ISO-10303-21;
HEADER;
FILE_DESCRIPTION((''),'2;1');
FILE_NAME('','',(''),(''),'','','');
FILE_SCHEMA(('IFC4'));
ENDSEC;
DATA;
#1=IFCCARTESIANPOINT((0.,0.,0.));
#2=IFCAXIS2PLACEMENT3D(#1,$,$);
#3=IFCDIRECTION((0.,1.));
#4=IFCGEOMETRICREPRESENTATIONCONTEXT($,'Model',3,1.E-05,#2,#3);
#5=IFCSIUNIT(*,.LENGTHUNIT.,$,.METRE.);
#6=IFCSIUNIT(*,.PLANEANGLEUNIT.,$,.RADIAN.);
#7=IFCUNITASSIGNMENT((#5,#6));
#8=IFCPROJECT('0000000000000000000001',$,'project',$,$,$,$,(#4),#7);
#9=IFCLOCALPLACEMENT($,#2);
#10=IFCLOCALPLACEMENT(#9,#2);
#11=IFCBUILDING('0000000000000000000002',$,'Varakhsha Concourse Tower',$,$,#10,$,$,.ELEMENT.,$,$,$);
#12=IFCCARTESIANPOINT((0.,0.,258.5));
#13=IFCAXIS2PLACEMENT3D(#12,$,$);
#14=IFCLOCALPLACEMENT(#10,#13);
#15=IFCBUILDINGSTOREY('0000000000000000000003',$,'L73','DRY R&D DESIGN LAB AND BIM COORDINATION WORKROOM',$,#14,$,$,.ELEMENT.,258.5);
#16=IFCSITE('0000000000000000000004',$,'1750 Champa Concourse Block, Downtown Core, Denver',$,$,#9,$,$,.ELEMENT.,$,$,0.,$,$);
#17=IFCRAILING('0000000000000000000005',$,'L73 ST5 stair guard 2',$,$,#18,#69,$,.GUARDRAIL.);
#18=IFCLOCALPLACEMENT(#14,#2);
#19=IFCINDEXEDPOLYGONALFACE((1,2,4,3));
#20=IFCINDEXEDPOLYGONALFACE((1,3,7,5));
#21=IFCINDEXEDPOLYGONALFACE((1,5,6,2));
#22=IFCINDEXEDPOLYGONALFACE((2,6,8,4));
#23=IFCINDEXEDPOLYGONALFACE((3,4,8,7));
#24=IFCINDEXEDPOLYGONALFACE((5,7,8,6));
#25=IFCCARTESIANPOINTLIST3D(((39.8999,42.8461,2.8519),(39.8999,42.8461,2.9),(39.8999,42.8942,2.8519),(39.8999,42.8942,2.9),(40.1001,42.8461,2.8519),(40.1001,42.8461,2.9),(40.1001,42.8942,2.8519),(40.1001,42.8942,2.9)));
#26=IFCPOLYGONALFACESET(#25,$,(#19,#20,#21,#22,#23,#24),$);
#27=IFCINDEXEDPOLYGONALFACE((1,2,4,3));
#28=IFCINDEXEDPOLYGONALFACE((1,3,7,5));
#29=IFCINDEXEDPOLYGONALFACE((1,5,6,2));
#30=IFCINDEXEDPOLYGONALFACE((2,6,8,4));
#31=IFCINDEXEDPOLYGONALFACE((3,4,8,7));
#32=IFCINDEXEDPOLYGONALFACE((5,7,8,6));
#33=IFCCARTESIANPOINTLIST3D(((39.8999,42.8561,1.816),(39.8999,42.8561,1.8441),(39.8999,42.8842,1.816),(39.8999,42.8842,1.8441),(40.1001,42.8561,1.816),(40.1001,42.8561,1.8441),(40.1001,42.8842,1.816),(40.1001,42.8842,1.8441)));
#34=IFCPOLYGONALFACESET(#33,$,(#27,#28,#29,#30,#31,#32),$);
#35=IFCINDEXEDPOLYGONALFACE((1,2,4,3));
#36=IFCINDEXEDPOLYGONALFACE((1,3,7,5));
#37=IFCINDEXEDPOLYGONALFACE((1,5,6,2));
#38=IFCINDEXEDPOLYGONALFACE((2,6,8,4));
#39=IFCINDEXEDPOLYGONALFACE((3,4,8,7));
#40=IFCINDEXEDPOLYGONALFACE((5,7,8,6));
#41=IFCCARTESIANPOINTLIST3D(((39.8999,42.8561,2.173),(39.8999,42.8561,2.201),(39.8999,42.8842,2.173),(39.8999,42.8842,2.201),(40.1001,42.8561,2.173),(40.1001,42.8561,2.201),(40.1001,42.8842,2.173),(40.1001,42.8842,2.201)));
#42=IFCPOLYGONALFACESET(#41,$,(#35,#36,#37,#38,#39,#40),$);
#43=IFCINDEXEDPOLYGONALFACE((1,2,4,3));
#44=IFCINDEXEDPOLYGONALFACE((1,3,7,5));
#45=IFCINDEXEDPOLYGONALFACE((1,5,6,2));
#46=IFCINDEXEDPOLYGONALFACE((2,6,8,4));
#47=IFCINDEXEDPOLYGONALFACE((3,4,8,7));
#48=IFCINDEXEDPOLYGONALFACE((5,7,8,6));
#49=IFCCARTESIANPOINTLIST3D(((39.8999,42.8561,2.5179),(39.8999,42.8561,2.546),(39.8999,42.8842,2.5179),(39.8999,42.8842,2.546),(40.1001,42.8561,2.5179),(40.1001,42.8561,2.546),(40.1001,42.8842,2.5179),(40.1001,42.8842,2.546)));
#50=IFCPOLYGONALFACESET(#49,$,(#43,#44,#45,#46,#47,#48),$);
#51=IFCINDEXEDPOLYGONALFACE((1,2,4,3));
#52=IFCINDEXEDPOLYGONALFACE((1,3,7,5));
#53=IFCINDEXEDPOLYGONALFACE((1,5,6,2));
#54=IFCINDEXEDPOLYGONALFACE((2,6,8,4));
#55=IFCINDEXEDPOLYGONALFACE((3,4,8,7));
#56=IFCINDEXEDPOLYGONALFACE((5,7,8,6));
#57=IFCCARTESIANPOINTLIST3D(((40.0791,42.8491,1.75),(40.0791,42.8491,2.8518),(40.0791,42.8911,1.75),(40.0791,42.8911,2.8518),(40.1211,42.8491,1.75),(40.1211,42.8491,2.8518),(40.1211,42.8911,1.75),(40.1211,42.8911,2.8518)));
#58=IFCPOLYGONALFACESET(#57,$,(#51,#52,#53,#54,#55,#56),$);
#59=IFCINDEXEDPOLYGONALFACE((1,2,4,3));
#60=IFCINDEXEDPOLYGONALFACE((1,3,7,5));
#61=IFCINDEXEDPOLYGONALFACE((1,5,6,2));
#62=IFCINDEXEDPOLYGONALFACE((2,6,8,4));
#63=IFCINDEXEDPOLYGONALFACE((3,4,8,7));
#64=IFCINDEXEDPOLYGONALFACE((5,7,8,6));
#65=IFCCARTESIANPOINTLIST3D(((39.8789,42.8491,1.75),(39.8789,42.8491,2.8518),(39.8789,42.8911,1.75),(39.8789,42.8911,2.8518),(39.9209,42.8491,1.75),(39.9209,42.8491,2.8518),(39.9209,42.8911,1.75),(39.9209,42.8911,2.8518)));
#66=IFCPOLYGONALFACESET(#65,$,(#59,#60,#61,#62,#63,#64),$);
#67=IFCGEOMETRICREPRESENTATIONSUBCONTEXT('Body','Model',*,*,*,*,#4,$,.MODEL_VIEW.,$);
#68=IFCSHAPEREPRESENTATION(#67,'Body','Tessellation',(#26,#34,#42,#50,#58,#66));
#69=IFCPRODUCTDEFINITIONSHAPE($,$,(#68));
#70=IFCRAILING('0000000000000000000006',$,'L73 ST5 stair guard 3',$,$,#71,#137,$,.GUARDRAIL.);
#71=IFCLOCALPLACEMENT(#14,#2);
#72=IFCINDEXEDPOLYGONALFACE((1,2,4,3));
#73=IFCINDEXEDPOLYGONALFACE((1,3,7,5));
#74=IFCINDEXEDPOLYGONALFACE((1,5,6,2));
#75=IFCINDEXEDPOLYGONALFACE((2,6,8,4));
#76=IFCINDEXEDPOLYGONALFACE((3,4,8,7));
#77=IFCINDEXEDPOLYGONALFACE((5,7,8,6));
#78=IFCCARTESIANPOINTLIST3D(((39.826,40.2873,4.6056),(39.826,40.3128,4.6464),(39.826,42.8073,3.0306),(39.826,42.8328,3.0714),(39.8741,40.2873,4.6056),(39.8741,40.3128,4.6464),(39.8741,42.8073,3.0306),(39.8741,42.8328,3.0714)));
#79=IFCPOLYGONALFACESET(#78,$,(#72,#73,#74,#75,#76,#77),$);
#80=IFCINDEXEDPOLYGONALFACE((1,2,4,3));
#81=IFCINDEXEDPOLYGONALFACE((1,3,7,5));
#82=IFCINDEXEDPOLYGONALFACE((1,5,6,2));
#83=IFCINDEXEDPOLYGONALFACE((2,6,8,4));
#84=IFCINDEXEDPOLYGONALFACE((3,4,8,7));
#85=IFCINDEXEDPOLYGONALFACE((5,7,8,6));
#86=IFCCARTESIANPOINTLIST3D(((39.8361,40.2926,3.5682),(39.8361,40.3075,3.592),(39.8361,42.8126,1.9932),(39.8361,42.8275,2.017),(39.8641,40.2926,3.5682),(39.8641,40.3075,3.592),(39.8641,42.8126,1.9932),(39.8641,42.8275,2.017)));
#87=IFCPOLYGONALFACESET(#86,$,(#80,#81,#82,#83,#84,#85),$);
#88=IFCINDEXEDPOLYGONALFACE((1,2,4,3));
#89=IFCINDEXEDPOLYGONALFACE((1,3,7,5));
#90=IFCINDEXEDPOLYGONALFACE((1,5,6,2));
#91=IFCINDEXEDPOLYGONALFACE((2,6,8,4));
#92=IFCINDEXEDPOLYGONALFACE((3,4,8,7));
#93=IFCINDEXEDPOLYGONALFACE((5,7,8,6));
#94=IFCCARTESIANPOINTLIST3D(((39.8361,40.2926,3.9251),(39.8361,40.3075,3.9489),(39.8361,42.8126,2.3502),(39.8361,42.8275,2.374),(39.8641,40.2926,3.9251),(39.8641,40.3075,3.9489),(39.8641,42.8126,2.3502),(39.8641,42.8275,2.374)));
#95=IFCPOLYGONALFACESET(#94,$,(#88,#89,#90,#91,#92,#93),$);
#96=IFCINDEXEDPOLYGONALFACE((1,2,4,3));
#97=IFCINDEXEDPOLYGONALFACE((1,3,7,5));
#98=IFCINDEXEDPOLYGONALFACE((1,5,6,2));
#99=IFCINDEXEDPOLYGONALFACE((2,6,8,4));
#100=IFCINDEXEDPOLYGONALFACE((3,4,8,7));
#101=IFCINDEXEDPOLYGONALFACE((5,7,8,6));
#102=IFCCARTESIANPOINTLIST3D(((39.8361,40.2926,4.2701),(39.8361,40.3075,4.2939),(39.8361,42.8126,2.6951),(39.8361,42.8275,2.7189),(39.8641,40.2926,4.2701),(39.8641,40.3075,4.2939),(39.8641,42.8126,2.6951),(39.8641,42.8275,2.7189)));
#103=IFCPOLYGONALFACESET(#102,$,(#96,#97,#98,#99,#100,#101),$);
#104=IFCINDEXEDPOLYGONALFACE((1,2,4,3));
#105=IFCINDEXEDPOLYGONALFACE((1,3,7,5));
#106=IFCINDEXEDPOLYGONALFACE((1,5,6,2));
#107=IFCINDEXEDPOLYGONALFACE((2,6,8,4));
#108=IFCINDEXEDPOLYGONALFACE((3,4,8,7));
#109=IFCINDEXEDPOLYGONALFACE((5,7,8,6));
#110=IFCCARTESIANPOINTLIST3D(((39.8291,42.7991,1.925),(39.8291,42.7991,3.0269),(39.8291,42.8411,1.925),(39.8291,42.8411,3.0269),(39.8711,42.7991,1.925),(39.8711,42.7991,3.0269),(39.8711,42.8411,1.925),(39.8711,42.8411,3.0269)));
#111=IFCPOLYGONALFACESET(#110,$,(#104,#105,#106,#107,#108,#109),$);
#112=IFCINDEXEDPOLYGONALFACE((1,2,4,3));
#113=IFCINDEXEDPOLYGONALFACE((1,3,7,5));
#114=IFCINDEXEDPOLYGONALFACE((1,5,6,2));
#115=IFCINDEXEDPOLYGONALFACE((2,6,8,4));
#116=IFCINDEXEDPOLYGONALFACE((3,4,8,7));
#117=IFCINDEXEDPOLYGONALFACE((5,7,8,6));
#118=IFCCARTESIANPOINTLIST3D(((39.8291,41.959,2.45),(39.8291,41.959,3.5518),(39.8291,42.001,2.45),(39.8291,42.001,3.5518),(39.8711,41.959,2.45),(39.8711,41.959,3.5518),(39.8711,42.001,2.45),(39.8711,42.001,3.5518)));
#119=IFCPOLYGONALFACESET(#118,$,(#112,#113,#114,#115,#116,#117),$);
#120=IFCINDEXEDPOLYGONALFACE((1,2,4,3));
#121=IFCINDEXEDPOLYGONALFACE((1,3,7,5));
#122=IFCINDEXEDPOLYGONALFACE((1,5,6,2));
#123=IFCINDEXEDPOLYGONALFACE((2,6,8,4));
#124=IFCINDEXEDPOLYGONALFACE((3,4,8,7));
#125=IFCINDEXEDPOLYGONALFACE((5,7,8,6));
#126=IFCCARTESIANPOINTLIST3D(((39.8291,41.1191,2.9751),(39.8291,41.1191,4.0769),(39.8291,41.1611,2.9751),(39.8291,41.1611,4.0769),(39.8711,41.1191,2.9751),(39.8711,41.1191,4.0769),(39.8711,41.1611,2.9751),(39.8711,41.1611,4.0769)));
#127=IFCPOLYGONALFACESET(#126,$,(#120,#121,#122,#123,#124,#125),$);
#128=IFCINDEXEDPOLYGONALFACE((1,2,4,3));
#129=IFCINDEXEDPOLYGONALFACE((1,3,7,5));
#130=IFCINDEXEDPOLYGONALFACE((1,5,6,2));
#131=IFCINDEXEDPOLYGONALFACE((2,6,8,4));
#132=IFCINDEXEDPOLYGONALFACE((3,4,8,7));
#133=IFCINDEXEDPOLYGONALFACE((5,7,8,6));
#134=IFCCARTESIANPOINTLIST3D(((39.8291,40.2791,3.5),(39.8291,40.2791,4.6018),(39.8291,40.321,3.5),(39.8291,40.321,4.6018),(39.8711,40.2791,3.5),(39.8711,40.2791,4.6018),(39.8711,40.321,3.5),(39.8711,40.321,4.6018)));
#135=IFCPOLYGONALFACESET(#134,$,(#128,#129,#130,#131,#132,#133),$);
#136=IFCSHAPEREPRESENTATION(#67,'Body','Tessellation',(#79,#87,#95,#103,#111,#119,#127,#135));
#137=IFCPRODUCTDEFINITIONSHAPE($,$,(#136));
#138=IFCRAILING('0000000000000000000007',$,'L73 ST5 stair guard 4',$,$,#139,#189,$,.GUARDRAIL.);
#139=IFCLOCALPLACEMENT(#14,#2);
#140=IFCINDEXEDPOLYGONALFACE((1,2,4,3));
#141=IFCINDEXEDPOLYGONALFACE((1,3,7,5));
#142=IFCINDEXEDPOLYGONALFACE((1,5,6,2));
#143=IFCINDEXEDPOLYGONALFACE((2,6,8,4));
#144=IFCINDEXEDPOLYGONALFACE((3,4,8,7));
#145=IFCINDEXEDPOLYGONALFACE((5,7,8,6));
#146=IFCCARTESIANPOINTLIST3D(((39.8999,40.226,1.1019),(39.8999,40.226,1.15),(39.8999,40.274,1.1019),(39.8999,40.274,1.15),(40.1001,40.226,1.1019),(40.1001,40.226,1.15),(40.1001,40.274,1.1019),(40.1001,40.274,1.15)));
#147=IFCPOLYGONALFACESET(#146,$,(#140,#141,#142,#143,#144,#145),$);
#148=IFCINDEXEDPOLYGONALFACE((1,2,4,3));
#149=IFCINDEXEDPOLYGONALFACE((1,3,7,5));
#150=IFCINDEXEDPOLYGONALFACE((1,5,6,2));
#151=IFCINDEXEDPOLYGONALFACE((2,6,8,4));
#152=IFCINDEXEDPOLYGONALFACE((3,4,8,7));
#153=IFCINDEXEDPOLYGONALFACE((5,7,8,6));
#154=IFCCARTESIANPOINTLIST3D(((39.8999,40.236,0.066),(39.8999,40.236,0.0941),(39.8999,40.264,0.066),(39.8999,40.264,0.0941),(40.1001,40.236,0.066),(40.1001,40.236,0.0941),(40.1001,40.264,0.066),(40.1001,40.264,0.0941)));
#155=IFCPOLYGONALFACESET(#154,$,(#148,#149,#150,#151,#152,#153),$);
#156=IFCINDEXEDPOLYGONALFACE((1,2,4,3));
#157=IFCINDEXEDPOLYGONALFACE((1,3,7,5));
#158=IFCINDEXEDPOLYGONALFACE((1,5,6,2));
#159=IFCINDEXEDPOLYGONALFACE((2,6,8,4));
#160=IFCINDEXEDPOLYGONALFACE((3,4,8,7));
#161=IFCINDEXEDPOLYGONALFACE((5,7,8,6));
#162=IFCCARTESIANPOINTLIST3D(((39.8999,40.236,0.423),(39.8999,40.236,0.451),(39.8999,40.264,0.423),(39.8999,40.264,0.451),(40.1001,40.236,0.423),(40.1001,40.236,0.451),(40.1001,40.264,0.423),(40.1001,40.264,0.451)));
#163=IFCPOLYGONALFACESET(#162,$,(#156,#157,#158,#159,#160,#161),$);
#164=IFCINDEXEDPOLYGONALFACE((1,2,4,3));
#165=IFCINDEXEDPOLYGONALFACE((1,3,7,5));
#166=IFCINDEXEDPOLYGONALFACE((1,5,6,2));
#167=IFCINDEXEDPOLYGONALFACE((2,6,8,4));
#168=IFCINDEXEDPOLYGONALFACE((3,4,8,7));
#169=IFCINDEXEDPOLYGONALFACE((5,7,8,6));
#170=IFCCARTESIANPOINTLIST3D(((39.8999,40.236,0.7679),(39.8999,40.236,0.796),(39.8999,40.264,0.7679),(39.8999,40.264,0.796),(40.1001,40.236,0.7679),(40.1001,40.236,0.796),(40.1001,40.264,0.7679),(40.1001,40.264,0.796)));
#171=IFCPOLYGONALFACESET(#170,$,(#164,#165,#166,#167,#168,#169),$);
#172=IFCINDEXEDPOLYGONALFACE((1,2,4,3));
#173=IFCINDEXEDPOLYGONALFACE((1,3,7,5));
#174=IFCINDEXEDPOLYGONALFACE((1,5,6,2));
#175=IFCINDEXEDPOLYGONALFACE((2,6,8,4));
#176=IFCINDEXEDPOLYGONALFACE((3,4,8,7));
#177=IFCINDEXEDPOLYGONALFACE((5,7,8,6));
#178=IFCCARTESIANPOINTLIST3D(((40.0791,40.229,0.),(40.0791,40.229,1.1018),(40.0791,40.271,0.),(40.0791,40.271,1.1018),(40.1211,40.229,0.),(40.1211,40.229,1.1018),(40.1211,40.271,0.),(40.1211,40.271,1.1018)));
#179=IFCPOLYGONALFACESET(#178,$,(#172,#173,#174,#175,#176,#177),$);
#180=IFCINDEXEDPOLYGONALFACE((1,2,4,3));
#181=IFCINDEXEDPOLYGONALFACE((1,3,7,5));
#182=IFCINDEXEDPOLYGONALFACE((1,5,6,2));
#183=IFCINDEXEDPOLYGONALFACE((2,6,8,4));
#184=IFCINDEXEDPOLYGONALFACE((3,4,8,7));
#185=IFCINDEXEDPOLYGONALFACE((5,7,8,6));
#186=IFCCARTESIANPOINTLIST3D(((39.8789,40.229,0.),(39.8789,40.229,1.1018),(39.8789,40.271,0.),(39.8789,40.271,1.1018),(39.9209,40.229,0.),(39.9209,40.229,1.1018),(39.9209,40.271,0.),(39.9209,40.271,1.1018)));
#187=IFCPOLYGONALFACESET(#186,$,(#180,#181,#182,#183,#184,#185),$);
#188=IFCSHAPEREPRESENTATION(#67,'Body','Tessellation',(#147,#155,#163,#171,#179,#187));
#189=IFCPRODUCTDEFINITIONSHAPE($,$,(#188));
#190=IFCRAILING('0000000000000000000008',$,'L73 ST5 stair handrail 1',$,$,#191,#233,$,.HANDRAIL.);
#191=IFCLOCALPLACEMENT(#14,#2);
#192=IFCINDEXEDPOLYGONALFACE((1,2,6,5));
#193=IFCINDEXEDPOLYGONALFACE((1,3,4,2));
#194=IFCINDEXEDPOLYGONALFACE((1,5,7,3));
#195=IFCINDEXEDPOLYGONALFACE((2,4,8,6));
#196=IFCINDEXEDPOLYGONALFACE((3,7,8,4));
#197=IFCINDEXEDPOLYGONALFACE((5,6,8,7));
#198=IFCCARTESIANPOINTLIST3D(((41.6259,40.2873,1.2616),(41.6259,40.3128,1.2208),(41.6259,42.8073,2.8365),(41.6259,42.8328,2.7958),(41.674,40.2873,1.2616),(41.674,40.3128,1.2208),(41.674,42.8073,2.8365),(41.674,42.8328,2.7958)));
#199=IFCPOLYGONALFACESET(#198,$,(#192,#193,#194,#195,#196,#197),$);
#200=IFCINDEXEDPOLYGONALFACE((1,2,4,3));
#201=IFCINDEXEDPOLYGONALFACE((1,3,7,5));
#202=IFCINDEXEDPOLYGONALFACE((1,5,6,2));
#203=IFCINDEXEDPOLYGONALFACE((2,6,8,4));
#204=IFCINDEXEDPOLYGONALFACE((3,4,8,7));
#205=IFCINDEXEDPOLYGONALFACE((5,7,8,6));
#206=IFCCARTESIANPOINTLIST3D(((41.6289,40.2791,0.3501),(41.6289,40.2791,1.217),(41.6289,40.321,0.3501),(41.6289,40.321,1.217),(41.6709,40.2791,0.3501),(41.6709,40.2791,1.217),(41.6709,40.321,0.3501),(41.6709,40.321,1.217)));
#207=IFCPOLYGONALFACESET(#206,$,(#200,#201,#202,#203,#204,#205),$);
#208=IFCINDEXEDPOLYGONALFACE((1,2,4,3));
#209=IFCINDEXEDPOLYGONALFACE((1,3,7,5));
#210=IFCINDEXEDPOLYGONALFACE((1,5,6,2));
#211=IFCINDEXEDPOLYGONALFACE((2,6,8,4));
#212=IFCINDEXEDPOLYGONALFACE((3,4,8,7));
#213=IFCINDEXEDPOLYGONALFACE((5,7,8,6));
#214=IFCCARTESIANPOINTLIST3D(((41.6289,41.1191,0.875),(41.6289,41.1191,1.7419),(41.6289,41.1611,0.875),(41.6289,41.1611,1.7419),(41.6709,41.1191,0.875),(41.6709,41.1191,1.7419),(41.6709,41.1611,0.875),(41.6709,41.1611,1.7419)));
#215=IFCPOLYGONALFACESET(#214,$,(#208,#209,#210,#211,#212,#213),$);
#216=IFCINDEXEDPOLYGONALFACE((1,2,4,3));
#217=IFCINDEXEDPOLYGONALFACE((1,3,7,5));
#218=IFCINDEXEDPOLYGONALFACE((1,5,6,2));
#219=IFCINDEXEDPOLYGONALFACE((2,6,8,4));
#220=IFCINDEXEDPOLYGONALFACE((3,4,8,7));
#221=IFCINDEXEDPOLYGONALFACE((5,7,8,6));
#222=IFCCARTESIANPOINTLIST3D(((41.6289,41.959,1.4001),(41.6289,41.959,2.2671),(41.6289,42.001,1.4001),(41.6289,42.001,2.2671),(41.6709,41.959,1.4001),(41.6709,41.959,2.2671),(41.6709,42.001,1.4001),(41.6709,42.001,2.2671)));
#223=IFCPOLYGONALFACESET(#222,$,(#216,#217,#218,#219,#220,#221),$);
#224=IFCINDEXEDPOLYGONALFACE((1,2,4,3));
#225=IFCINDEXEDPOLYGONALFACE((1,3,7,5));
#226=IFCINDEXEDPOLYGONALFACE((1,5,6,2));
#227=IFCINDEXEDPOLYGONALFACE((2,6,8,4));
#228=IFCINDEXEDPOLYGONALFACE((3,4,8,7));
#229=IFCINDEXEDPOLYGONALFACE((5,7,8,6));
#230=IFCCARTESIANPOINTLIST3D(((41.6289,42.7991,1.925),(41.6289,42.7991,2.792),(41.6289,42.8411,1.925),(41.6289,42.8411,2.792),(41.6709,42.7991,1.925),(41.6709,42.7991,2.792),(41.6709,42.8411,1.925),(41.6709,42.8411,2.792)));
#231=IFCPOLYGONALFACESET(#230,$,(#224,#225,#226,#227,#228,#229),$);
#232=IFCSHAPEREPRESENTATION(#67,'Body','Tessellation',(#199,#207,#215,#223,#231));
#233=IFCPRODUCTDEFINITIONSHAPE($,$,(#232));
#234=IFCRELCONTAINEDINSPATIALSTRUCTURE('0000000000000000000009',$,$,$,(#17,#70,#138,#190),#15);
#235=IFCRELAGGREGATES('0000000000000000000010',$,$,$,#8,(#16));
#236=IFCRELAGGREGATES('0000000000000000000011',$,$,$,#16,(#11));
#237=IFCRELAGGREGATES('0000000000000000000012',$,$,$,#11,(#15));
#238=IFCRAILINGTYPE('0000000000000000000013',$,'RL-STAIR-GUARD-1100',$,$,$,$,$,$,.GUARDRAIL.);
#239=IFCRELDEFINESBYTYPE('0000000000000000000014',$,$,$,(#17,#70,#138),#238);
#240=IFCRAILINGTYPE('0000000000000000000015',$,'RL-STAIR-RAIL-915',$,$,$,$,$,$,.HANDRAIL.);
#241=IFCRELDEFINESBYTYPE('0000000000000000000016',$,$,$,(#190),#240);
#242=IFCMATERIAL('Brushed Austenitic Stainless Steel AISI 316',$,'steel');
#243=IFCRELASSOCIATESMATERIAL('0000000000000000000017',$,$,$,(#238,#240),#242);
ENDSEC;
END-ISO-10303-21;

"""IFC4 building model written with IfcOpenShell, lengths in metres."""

from ifc_helpers import new_model, si_unit, direction, frame, origin, origin_2d, place, context, subcontext, project, spatial, rectangle, extrude, material, type_object, element, save


model = new_model("IFC4")

# Units and contexts
model_context = context("Model", 3, precision=1e-05, world=origin(), true_north=direction((0.0, 1.0)))
body_context = subcontext(model_context, "Body", "Model", "MODEL_VIEW")
ifc_project = project(units=[si_unit("LENGTHUNIT", "METRE"), si_unit("PLANEANGLEUNIT", "RADIAN")], contexts=[model_context])

# Site, building, storey
site_placement = place(None, origin())
site = spatial("IfcSite", under=ifc_project, at=site_placement, Name="1750 Champa Concourse Block, Downtown Core, Denver", CompositionType="ELEMENT", RefElevation=0.0)
building_placement = place(site_placement, origin())
building = spatial("IfcBuilding", under=site, at=building_placement, Name="Varakhsha Concourse Tower", CompositionType="ELEMENT")
storey_placement = place(building_placement, frame((0.0, 0.0, 258.5)))
storey = spatial("IfcBuildingStorey", under=building, at=storey_placement, Name="L73", Description="DRY R&D DESIGN LAB AND BIM COORDINATION WORKROOM", CompositionType="ELEMENT", Elevation=258.5)

# Railings
ifc_material_1 = material(Name="Brushed Austenitic Stainless Steel AISI 316", Category="steel")
railing_type_1 = type_object("IfcRailingType", Name="RL-STAIR-GUARD-1100", PredefinedType="GUARDRAIL", material=ifc_material_1)
railing_1_placement = place(storey_placement, frame((40.1001, 42.8701, 1.75)))
element("IfcRailing", 1, at=railing_1_placement, inside=storey, type_object=railing_type_1, Name="L73 ST5 stair guard 2", PredefinedType="GUARDRAIL", context=body_context, shape_type="SweptSolid", body=[
    extrude(rectangle(XDim=0.0481, YDim=0.0481, at=origin_2d()), frame((0.0, 0.0, 1.126), z_axis=(-1.0, 0.0, 0.0), x_axis=(0.0, -1.0, 0.0)), (0.0, 0.0, 1.0), 0.2002),
    extrude(rectangle(XDim=0.0281, YDim=0.0281, at=origin_2d()), frame((0.0, 0.0, 0.0801), z_axis=(-1.0, 0.0, 0.0), x_axis=(0.0, -1.0, 0.0)), (0.0, 0.0, 1.0), 0.2002),
    extrude(rectangle(XDim=0.0281, YDim=0.0281, at=origin_2d()), frame((0.0, 0.0, 0.437), z_axis=(-1.0, 0.0, 0.0), x_axis=(0.0, -1.0, 0.0)), (0.0, 0.0, 1.0), 0.2002),
    extrude(rectangle(XDim=0.0281, YDim=0.0281, at=origin_2d()), frame((0.0, 0.0, 0.782), z_axis=(-1.0, 0.0, 0.0), x_axis=(0.0, -1.0, 0.0)), (0.0, 0.0, 1.0), 0.2002),
    extrude(rectangle(XDim=0.042, YDim=0.042, at=origin_2d()), origin(), (0.0, 0.0, 1.0), 1.1018),
    extrude(rectangle(XDim=0.042, YDim=0.042, at=origin_2d()), frame((-0.2002, 0.0, 0.0)), (0.0, 0.0, 1.0), 1.1018),
])
railing_2_placement = place(storey_placement, frame((39.8501, 42.8201, 1.925)))
element("IfcRailing", 2, at=railing_2_placement, inside=storey, type_object=railing_type_1, Name="L73 ST5 stair guard 3", PredefinedType="GUARDRAIL", context=body_context, shape_type="SweptSolid", body=[
    extrude(rectangle(XDim=0.0481, YDim=0.0481, at=origin_2d()), frame((0.0, 0.0, 1.126), z_axis=(0.0, -0.848008, 0.529984), x_axis=(1.0, 0.0, 0.0)), (0.0, 0.0, 1.0), 2.9717),
    extrude(rectangle(XDim=0.0281, YDim=0.0281, at=origin_2d()), frame((0.0, 0.0, 0.0801), z_axis=(0.0, -0.848008, 0.529984), x_axis=(1.0, 0.0, 0.0)), (0.0, 0.0, 1.0), 2.9717),
    extrude(rectangle(XDim=0.0281, YDim=0.0281, at=origin_2d()), frame((0.0, 0.0, 0.437), z_axis=(0.0, -0.848008, 0.529984), x_axis=(1.0, 0.0, 0.0)), (0.0, 0.0, 1.0), 2.9717),
    extrude(rectangle(XDim=0.0281, YDim=0.0281, at=origin_2d()), frame((0.0, 0.0, 0.782), z_axis=(0.0, -0.848008, 0.529984), x_axis=(1.0, 0.0, 0.0)), (0.0, 0.0, 1.0), 2.9717),
    extrude(rectangle(XDim=0.042, YDim=0.042, at=origin_2d()), origin(), (0.0, 0.0, 1.0), 1.1018),
    extrude(rectangle(XDim=0.042, YDim=0.042, at=origin_2d()), frame((0.0, -0.8401, 0.5249)), (0.0, 0.0, 1.0), 1.1018),
    extrude(rectangle(XDim=0.042, YDim=0.042, at=origin_2d()), frame((0.0, -1.6799, 1.05)), (0.0, 0.0, 1.0), 1.1018),
    extrude(rectangle(XDim=0.042, YDim=0.042, at=origin_2d()), frame((0.0, -2.52, 1.575)), (0.0, 0.0, 1.0), 1.1018),
])
railing_3_placement = place(storey_placement, frame((40.1001, 40.25, 0.0)))
element("IfcRailing", 3, at=railing_3_placement, inside=storey, type_object=railing_type_1, Name="L73 ST5 stair guard 4", PredefinedType="GUARDRAIL", context=body_context, shape_type="SweptSolid", body=[
    extrude(rectangle(XDim=0.0481, YDim=0.0481, at=origin_2d()), frame((0.0, 0.0, 1.126), z_axis=(-1.0, 0.0, 0.0), x_axis=(0.0, -1.0, 0.0)), (0.0, 0.0, 1.0), 0.2002),
    extrude(rectangle(XDim=0.0281, YDim=0.0281, at=origin_2d()), frame((0.0, 0.0, 0.0801), z_axis=(-1.0, 0.0, 0.0), x_axis=(0.0, -1.0, 0.0)), (0.0, 0.0, 1.0), 0.2002),
    extrude(rectangle(XDim=0.0281, YDim=0.0281, at=origin_2d()), frame((0.0, 0.0, 0.437), z_axis=(-1.0, 0.0, 0.0), x_axis=(0.0, -1.0, 0.0)), (0.0, 0.0, 1.0), 0.2002),
    extrude(rectangle(XDim=0.0281, YDim=0.0281, at=origin_2d()), frame((0.0, 0.0, 0.782), z_axis=(-1.0, 0.0, 0.0), x_axis=(0.0, -1.0, 0.0)), (0.0, 0.0, 1.0), 0.2002),
    extrude(rectangle(XDim=0.042, YDim=0.042, at=origin_2d()), origin(), (0.0, 0.0, 1.0), 1.1018),
    extrude(rectangle(XDim=0.042, YDim=0.042, at=origin_2d()), frame((-0.2002, 0.0, 0.0)), (0.0, 0.0, 1.0), 1.1018),
])
railing_type_2 = type_object("IfcRailingType", Name="RL-STAIR-RAIL-915", PredefinedType="HANDRAIL", material=ifc_material_1)
railing_4_placement = place(storey_placement, frame((41.6499, 40.3, 0.3501)))
element("IfcRailing", 4, at=railing_4_placement, inside=storey, type_object=railing_type_2, Name="L73 ST5 stair handrail 1", PredefinedType="HANDRAIL", context=body_context, shape_type="SweptSolid", body=[
    extrude(rectangle(XDim=0.0481, YDim=0.0481, at=origin_2d()), frame((0.0, 0.0, 0.8911), z_axis=(0.0, 0.848008, 0.529984), x_axis=(-1.0, 0.0, 0.0)), (0.0, 0.0, 1.0), 2.9717),
    extrude(rectangle(XDim=0.042, YDim=0.042, at=origin_2d()), origin(), (0.0, 0.0, 1.0), 0.8669),
    extrude(rectangle(XDim=0.042, YDim=0.042, at=origin_2d()), frame((0.0, 0.8401, 0.5249)), (0.0, 0.0, 1.0), 0.8669),
    extrude(rectangle(XDim=0.042, YDim=0.042, at=origin_2d()), frame((0.0, 1.6799, 1.05)), (0.0, 0.0, 1.0), 0.8669),
    extrude(rectangle(XDim=0.042, YDim=0.042, at=origin_2d()), frame((0.0, 2.52, 1.575)), (0.0, 0.0, 1.0), 0.8669),
])

save(model, "model.ifc")
